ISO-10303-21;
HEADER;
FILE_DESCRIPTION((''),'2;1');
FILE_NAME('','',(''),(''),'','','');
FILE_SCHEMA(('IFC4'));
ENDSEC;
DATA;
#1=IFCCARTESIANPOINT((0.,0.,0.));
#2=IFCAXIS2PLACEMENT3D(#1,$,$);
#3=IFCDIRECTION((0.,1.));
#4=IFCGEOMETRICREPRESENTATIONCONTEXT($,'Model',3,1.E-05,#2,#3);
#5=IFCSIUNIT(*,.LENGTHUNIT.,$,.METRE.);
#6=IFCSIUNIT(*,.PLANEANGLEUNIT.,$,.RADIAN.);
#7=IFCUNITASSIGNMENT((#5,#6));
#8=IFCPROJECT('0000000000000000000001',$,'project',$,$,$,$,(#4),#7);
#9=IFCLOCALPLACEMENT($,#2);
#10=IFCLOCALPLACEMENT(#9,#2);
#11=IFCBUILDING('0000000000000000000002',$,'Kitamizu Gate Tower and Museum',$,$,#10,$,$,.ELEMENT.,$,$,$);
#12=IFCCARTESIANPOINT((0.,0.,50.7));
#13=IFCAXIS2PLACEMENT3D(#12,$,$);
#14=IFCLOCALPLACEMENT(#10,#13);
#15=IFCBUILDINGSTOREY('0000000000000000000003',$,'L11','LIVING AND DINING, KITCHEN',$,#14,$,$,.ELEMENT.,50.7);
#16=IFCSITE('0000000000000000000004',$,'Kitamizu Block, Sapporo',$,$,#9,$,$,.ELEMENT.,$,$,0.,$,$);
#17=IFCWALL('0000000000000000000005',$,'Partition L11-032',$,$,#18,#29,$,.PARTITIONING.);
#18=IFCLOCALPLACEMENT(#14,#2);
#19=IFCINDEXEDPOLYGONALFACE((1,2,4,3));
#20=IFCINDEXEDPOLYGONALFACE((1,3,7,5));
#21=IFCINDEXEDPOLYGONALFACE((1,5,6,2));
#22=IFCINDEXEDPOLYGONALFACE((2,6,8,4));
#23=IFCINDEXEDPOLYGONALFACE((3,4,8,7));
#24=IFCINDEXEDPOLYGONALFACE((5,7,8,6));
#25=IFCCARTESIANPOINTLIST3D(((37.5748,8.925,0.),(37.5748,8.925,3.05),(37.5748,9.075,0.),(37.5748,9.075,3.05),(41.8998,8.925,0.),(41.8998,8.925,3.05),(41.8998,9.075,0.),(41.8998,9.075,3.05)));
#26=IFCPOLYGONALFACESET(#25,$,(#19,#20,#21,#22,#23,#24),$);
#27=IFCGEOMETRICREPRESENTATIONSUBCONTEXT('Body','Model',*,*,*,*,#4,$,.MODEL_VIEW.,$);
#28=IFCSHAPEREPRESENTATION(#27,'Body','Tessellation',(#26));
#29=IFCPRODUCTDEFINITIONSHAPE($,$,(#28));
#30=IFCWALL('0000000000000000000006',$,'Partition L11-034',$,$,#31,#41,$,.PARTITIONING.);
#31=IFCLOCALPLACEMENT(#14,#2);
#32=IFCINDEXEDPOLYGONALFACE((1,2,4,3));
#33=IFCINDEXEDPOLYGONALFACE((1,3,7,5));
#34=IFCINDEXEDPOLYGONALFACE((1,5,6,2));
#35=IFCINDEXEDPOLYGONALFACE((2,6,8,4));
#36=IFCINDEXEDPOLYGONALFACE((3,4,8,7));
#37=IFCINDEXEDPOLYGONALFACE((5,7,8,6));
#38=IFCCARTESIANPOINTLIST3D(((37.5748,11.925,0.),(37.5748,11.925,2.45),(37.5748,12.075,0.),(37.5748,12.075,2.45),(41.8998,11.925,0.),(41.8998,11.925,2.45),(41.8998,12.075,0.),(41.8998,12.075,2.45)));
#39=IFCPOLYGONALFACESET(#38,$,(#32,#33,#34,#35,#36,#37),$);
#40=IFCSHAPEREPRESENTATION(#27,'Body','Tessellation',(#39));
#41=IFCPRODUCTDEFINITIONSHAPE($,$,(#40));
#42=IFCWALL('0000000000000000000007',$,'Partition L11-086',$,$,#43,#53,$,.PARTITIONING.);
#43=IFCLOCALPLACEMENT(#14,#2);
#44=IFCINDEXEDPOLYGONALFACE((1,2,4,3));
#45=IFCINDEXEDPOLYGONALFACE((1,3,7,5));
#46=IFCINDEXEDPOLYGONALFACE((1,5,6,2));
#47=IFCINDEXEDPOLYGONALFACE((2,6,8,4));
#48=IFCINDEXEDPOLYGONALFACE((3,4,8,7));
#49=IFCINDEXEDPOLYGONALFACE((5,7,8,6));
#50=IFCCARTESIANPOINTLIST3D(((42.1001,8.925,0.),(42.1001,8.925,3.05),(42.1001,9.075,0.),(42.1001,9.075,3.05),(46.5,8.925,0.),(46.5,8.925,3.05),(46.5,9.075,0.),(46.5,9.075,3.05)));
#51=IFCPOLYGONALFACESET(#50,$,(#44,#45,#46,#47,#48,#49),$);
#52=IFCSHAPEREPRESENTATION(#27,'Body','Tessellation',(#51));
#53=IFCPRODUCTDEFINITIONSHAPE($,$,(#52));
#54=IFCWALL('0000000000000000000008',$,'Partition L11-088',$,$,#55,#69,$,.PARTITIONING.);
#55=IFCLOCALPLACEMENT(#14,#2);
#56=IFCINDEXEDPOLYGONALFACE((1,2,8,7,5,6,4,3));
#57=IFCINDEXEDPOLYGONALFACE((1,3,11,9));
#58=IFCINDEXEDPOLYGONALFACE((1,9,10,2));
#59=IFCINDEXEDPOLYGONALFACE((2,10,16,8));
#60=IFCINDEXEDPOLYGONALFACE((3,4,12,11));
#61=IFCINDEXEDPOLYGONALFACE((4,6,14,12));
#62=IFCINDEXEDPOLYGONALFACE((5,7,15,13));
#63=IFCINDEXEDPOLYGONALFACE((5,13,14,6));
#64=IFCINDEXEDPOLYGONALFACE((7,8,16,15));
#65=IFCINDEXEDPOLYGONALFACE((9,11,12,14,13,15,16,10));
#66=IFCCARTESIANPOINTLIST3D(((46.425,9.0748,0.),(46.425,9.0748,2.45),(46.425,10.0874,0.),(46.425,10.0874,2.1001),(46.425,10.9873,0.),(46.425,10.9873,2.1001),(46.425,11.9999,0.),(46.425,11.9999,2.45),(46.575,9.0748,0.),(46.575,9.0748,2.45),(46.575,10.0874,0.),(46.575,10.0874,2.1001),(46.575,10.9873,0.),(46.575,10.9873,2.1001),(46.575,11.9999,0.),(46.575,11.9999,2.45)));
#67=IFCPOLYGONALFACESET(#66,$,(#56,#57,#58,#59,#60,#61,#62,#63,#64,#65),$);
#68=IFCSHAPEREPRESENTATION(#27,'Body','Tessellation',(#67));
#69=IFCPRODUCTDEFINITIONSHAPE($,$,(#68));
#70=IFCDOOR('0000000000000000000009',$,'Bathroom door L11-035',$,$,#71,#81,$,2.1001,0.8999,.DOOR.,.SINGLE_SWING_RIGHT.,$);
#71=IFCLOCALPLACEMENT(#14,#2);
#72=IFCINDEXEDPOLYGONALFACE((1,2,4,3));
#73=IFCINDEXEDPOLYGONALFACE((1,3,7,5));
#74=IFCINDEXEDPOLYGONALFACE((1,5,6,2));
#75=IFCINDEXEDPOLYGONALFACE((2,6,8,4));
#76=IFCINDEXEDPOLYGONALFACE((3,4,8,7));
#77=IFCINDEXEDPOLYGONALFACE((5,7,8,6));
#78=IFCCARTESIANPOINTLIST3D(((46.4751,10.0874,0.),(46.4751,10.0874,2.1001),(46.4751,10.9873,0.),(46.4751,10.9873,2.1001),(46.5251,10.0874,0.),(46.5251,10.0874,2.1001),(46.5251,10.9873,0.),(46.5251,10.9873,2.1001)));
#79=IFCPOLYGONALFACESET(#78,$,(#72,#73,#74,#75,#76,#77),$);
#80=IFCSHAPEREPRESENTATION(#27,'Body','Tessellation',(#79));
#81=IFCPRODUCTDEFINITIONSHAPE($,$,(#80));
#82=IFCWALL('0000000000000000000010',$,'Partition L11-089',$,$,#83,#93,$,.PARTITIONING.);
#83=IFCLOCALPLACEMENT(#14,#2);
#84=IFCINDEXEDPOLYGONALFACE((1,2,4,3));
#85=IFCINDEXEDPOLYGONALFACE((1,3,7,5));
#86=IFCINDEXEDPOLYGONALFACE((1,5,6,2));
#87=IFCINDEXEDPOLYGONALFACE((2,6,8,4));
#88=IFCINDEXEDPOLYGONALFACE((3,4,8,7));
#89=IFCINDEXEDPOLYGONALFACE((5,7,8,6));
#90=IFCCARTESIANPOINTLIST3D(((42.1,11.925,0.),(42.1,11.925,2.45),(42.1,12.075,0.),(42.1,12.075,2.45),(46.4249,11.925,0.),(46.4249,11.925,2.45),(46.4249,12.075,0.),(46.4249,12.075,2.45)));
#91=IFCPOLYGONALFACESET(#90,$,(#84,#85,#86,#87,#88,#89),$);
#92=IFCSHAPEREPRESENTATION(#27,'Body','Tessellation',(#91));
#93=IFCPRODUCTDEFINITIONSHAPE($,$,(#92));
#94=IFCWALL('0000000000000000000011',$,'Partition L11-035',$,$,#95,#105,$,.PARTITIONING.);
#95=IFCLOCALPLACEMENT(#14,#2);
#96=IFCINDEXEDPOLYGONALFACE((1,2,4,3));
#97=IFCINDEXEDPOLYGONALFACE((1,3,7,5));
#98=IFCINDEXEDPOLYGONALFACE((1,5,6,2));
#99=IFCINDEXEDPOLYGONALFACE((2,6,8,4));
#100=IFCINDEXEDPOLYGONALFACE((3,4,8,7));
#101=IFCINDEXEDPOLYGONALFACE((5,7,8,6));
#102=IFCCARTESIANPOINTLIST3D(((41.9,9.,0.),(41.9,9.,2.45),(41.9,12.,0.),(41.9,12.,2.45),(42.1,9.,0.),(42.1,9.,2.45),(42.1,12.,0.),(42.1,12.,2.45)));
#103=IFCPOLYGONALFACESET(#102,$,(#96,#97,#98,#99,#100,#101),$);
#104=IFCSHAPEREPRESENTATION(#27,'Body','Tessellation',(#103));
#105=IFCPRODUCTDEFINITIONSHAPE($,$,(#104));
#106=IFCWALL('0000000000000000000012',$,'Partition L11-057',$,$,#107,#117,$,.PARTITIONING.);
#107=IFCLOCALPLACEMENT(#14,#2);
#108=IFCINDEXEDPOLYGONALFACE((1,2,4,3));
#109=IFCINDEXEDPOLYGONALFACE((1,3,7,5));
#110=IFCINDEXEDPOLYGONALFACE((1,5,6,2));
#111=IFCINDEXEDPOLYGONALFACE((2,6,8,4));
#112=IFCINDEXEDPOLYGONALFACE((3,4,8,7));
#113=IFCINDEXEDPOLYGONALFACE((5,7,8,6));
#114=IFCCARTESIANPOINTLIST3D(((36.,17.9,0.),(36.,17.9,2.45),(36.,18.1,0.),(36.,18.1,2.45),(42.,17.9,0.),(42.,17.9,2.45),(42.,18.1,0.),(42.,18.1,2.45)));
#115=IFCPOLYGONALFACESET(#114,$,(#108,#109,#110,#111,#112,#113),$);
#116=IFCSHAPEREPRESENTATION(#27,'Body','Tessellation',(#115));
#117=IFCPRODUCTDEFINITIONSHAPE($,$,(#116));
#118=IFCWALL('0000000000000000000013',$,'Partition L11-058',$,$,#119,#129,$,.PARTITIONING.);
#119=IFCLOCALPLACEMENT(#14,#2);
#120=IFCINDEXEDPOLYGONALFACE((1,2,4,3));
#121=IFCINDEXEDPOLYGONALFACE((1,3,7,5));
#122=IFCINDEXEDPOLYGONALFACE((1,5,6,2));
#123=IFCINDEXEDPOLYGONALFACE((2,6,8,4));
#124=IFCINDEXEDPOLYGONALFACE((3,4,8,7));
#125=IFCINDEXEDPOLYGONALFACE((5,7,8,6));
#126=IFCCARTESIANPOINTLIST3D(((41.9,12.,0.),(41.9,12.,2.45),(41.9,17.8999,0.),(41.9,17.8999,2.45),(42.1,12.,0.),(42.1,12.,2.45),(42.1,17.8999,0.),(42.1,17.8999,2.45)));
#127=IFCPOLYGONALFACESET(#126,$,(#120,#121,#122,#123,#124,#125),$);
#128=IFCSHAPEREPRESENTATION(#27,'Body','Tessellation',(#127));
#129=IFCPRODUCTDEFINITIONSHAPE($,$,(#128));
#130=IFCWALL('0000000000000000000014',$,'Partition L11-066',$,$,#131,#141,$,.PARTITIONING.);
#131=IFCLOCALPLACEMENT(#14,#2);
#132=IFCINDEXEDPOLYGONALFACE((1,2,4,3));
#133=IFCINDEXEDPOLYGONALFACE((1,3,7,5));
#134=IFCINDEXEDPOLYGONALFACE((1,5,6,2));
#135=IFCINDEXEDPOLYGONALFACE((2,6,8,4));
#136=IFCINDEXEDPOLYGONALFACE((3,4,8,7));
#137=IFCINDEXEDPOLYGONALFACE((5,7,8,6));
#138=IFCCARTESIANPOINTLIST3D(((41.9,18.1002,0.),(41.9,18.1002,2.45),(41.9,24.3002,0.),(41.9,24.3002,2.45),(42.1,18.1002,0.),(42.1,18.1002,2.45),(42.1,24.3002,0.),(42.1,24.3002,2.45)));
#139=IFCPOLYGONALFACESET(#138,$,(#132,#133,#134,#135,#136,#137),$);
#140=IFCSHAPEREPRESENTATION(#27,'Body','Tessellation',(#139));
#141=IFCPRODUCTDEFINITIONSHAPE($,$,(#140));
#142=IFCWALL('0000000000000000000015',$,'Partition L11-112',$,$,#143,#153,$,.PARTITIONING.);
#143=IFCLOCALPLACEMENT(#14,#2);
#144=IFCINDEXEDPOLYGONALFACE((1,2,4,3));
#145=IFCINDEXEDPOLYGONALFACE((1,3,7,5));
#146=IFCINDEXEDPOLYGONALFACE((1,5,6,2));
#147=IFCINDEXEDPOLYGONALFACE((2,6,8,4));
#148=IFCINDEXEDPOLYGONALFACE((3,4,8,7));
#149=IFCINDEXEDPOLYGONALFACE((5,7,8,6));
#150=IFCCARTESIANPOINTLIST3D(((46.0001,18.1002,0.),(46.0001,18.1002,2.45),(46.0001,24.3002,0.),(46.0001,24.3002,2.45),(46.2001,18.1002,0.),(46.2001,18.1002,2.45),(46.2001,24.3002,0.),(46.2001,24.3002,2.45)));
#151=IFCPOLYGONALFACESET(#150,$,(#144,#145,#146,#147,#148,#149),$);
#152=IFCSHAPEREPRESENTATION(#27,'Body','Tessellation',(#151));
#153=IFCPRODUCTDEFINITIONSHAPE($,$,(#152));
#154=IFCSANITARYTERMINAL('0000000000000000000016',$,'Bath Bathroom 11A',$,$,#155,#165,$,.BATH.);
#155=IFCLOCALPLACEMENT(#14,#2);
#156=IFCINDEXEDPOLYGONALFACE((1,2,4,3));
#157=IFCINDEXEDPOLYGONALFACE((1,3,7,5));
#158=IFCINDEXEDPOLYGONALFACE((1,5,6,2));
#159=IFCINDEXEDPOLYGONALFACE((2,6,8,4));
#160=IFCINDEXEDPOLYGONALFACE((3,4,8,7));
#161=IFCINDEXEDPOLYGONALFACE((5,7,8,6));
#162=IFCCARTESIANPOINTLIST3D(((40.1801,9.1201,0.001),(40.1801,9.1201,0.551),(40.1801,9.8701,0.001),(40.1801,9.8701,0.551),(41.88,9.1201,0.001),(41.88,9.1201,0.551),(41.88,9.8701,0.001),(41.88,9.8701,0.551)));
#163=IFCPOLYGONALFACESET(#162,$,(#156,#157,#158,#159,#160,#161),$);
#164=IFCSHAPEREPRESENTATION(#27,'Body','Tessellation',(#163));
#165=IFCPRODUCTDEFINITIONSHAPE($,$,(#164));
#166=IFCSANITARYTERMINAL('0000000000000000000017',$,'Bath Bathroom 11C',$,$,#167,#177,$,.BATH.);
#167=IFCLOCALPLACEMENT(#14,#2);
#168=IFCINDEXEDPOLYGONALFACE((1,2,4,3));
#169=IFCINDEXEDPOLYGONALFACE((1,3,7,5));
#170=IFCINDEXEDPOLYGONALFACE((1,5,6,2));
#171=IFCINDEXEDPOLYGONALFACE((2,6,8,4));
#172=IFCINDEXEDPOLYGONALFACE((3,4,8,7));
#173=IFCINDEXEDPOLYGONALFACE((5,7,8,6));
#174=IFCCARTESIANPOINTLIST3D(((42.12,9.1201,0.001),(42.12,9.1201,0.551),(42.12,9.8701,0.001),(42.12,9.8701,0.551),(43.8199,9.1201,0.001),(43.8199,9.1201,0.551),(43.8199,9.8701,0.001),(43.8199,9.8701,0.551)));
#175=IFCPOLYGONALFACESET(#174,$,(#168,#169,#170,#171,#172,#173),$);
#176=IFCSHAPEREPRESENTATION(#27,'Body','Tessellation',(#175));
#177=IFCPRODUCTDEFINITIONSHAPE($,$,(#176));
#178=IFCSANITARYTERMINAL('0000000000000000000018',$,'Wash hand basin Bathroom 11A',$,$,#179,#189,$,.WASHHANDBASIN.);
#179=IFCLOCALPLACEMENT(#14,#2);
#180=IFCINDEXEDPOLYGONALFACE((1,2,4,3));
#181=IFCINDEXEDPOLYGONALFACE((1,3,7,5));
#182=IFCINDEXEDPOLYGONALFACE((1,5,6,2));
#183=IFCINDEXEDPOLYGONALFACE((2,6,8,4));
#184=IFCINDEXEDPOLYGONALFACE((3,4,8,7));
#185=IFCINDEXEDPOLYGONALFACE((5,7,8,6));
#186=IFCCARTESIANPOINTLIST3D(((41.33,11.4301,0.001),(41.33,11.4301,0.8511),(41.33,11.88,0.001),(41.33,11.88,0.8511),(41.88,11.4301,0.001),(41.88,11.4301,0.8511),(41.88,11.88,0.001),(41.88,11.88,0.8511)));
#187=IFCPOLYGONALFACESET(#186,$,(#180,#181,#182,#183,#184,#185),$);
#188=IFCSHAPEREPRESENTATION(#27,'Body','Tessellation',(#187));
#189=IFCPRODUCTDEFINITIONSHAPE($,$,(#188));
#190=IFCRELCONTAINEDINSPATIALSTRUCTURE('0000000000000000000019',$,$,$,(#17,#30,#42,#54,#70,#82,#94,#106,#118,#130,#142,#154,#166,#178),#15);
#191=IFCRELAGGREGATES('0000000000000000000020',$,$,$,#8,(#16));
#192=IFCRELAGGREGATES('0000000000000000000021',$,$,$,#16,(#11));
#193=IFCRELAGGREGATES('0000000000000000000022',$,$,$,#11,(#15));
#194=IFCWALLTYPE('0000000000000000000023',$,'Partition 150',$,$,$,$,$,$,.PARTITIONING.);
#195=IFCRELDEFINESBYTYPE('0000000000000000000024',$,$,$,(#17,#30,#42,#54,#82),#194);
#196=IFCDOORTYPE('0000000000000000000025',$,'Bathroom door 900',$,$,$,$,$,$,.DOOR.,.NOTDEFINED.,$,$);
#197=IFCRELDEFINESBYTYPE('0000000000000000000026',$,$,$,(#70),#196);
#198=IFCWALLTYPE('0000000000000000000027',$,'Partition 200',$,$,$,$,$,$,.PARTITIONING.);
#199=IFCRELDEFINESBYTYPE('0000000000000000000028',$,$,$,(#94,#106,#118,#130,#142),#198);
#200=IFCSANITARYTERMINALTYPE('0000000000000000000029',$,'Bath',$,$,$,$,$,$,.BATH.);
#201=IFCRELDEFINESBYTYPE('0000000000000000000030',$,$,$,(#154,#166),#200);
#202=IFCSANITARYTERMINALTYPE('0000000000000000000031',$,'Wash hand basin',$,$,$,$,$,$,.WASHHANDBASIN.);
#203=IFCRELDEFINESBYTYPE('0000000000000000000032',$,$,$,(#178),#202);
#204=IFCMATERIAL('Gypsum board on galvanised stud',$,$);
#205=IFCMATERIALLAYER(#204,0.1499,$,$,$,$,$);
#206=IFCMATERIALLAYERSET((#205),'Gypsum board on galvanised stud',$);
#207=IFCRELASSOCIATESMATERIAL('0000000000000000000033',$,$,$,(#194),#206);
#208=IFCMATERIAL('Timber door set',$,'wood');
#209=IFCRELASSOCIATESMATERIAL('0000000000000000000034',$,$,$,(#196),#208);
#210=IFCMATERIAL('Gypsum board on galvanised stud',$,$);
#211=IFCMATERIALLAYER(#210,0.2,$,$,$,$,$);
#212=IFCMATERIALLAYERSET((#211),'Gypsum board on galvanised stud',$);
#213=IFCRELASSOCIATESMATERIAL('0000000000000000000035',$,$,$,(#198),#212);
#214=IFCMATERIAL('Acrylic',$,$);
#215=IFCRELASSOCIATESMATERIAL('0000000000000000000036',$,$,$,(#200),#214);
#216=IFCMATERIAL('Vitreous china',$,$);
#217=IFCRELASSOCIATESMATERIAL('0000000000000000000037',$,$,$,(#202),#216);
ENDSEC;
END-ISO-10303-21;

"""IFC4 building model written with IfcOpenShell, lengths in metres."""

from ifc_helpers import new_model, si_unit, direction, frame, frame_2d, origin, origin_2d, place, context, subcontext, project, spatial, rectangle, extrude, material, layer, layer_set, type_object, element, fill, save


model = new_model("IFC4")

# Units and contexts
model_context = context("Model", 3, precision=1e-05, world=origin(), true_north=direction((0.0, 1.0)))
body_context = subcontext(model_context, "Body", "Model", "MODEL_VIEW")
ifc_project = project(units=[si_unit("LENGTHUNIT", "METRE"), si_unit("PLANEANGLEUNIT", "RADIAN")], contexts=[model_context])

# Site, building, storey
site_placement = place(None, origin())
site = spatial("IfcSite", under=ifc_project, at=site_placement, Name="Kitamizu Block, Sapporo", CompositionType="ELEMENT", RefElevation=0.0)
building_placement = place(site_placement, origin())
building = spatial("IfcBuilding", under=site, at=building_placement, Name="Kitamizu Gate Tower and Museum", CompositionType="ELEMENT")
storey_placement = place(building_placement, frame((0.0, 0.0, 50.7)))
storey = spatial("IfcBuildingStorey", under=building, at=storey_placement, Name="L11", Description="LIVING AND DINING, KITCHEN", CompositionType="ELEMENT", Elevation=50.7)

# Shared definitions
ifc_material_1 = material(Name="Gypsum board on galvanised stud")
ifc_layer_1 = layer(ifc_material_1, 0.1499)
ifc_layer_set_1 = layer_set([ifc_layer_1], Name="Gypsum board on galvanised stud")
wall_type_1 = type_object("IfcWallType", Name="Partition 150", PredefinedType="PARTITIONING", material=ifc_layer_set_1)
ifc_material_2 = material(Name="Timber door set", Category="wood")
door_type_1 = type_object("IfcDoorType", Name="Bathroom door 900", OperationType="NOTDEFINED", PredefinedType="DOOR", material=ifc_material_2)

# Walls
wall_1_placement = place(storey_placement, frame((41.8999, 9.0, 0.0), z_axis=(0.0, 0.0, 1.0), x_axis=(-1.0, 0.0, 0.0)))
element("IfcWall", 1, at=wall_1_placement, inside=storey, type_object=wall_type_1, Name="Partition L11-032", PredefinedType="PARTITIONING", context=body_context, shape_type="SweptSolid", body=[
    extrude(rectangle(XDim=4.325, YDim=0.1499, at=frame_2d((2.1626, 0.0))), origin(), (0.0, 0.0, 1.0), 3.05),
])
wall_2_placement = place(storey_placement, frame((41.8999, 12.0, 0.0), z_axis=(0.0, 0.0, 1.0), x_axis=(-1.0, 0.0, 0.0)))
element("IfcWall", 2, at=wall_2_placement, inside=storey, type_object=wall_type_1, Name="Partition L11-034", PredefinedType="PARTITIONING", context=body_context, shape_type="SweptSolid", body=[
    extrude(rectangle(XDim=4.325, YDim=0.1499, at=frame_2d((2.1626, 0.0))), origin(), (0.0, 0.0, 1.0), 2.45),
])
wall_3_placement = place(storey_placement, frame((46.5, 9.0, 0.0), z_axis=(0.0, 0.0, 1.0), x_axis=(-1.0, 0.0, 0.0)))
element("IfcWall", 3, at=wall_3_placement, inside=storey, type_object=wall_type_1, Name="Partition L11-086", PredefinedType="PARTITIONING", context=body_context, shape_type="SweptSolid", body=[
    extrude(rectangle(XDim=4.3999, YDim=0.1499, at=frame_2d((2.2, 0.0))), origin(), (0.0, 0.0, 1.0), 3.05),
])

# Wall, opening, door
wall_4_placement = place(storey_placement, frame((46.5, 9.075, 0.0), z_axis=(0.0, 0.0, 1.0), x_axis=(0.0, 1.0, 0.0)))
wall_4 = element("IfcWall", 4, at=wall_4_placement, inside=storey, type_object=wall_type_1, Name="Partition L11-088", PredefinedType="PARTITIONING", context=body_context, shape_type="SweptSolid", body=[
    extrude(rectangle(XDim=2.925, YDim=0.1499, at=frame_2d((1.4624, 0.0))), origin(), (0.0, 0.0, 1.0), 2.45),
])
opening_1_placement = place(wall_4_placement, frame((1.0125, 0.0, 0.0)))
opening_1 = element("IfcOpeningElement", 5, at=opening_1_placement, cuts=wall_4, PredefinedType="OPENING", context=body_context, shape_type="SweptSolid", body=[
    extrude(rectangle(XDim=0.8999, YDim=2.1001, at=frame_2d((0.45, 1.05))), frame((0.0, 0.085, 0.0), z_axis=(0.0, -1.0, 0.0), x_axis=(1.0, 0.0, 0.0)), (0.0, 0.0, 1.0), 0.1699),
])
door_1_placement = place(opening_1_placement, origin())
door_1 = element("IfcDoor", 6, at=door_1_placement, inside=storey, type_object=door_type_1, Name="Bathroom door L11-035", OperationType="SINGLE_SWING_RIGHT", OverallHeight=2.1001, OverallWidth=0.8999, PredefinedType="DOOR", context=body_context, shape_type="SweptSolid", body=[
    extrude(rectangle(XDim=0.8999, YDim=2.1001, at=frame_2d((0.45, 1.05))), frame((0.0, 0.0249, 0.0), z_axis=(0.0, -1.0, 0.0), x_axis=(1.0, 0.0, 0.0)), (0.0, 0.0, 1.0), 0.05),
])
fill(opening_1, door_1)

# Walls
wall_5_placement = place(storey_placement, frame((46.425, 12.0, 0.0), z_axis=(0.0, 0.0, 1.0), x_axis=(-1.0, 0.0, 0.0)))
element("IfcWall", 7, at=wall_5_placement, inside=storey, type_object=wall_type_1, Name="Partition L11-089", PredefinedType="PARTITIONING", context=body_context, shape_type="SweptSolid", body=[
    extrude(rectangle(XDim=4.325, YDim=0.1499, at=frame_2d((2.1626, 0.0))), origin(), (0.0, 0.0, 1.0), 2.45),
])
ifc_material_3 = material(Name="Gypsum board on galvanised stud")
ifc_layer_2 = layer(ifc_material_3, 0.2)
ifc_layer_set_2 = layer_set([ifc_layer_2], Name="Gypsum board on galvanised stud")
wall_type_2 = type_object("IfcWallType", Name="Partition 200", PredefinedType="PARTITIONING", material=ifc_layer_set_2)
wall_6_placement = place(storey_placement, frame((42.0, 9.0, 0.0), z_axis=(0.0, 0.0, 1.0), x_axis=(0.0, 1.0, 0.0)))
element("IfcWall", 8, at=wall_6_placement, inside=storey, type_object=wall_type_2, Name="Partition L11-035", PredefinedType="PARTITIONING", context=body_context, shape_type="SweptSolid", body=[
    extrude(rectangle(XDim=3.0, YDim=0.2, at=frame_2d((1.5, 0.0))), origin(), (0.0, 0.0, 1.0), 2.45),
])
wall_7_placement = place(storey_placement, frame((42.0, 18.0, 0.0), z_axis=(0.0, 0.0, 1.0), x_axis=(-1.0, 0.0, 0.0)))
element("IfcWall", 9, at=wall_7_placement, inside=storey, type_object=wall_type_2, Name="Partition L11-057", PredefinedType="PARTITIONING", context=body_context, shape_type="SweptSolid", body=[
    extrude(rectangle(XDim=6.0, YDim=0.2, at=frame_2d((3.0, 0.0))), origin(), (0.0, 0.0, 1.0), 2.45),
])
wall_8_placement = place(storey_placement, frame((42.0, 12.0, 0.0), z_axis=(0.0, 0.0, 1.0), x_axis=(0.0, 1.0, 0.0)))
element("IfcWall", 10, at=wall_8_placement, inside=storey, type_object=wall_type_2, Name="Partition L11-058", PredefinedType="PARTITIONING", context=body_context, shape_type="SweptSolid", body=[
    extrude(rectangle(XDim=5.8999, YDim=0.2, at=frame_2d((2.95, 0.0))), origin(), (0.0, 0.0, 1.0), 2.45),
])
for number, where, z_axis, x_axis, name in (
    (11, (42.0, 18.1001, 0.0), (0.0, 0.0, 1.0), (0.0, 1.0, 0.0), "Partition L11-066"),
    (12, (46.1001, 18.1001, 0.0), (0.0, 0.0, 1.0), (0.0, 1.0, 0.0), "Partition L11-112"),
):
    element("IfcWall", number, at=place(storey_placement, frame(where, z_axis=z_axis, x_axis=x_axis)), inside=storey, type_object=wall_type_2, Name=name, PredefinedType="PARTITIONING", context=body_context, shape_type="SweptSolid", body=[
        extrude(rectangle(XDim=6.2, YDim=0.2, at=frame_2d((3.1001, 0.0))), origin(), (0.0, 0.0, 1.0), 2.45),
    ])

# Sanitary terminals
ifc_material_4 = material(Name="Acrylic")
sanitary_terminal_type_1 = type_object("IfcSanitaryTerminalType", Name="Bath", PredefinedType="BATH", material=ifc_material_4)
for number, where, z_axis, x_axis, name in (
    (13, (41.03, 9.4951, 0.001), (0.0, 0.0, 1.0), (1.0, 0.0, 0.0), "Bath Bathroom 11A"),
    (14, (42.97, 9.4951, 0.001), (0.0, 0.0, 1.0), (1.0, 0.0, 0.0), "Bath Bathroom 11C"),
):
    element("IfcSanitaryTerminal", number, at=place(storey_placement, frame(where, z_axis=z_axis, x_axis=x_axis)), inside=storey, type_object=sanitary_terminal_type_1, Name=name, PredefinedType="BATH", context=body_context, shape_type="SweptSolid", body=[
        extrude(rectangle(XDim=1.7, YDim=0.75, at=origin_2d()), origin(), (0.0, 0.0, 1.0), 0.55),
    ])
ifc_material_5 = material(Name="Vitreous china")
sanitary_terminal_type_2 = type_object("IfcSanitaryTerminalType", Name="Wash hand basin", PredefinedType="WASHHANDBASIN", material=ifc_material_5)
for number, where, z_axis, x_axis, name in (
    (15, (41.605, 11.655, 0.001), (0.0, 0.0, 1.0), (1.0, 0.0, 0.0), "Wash hand basin Bathroom 11A"),
):
    element("IfcSanitaryTerminal", number, at=place(storey_placement, frame(where, z_axis=z_axis, x_axis=x_axis)), inside=storey, type_object=sanitary_terminal_type_2, Name=name, PredefinedType="WASHHANDBASIN", context=body_context, shape_type="SweptSolid", body=[
        extrude(rectangle(XDim=0.55, YDim=0.45, at=origin_2d()), origin(), (0.0, 0.0, 1.0), 0.8501),
    ])

save(model, "model.ifc")
